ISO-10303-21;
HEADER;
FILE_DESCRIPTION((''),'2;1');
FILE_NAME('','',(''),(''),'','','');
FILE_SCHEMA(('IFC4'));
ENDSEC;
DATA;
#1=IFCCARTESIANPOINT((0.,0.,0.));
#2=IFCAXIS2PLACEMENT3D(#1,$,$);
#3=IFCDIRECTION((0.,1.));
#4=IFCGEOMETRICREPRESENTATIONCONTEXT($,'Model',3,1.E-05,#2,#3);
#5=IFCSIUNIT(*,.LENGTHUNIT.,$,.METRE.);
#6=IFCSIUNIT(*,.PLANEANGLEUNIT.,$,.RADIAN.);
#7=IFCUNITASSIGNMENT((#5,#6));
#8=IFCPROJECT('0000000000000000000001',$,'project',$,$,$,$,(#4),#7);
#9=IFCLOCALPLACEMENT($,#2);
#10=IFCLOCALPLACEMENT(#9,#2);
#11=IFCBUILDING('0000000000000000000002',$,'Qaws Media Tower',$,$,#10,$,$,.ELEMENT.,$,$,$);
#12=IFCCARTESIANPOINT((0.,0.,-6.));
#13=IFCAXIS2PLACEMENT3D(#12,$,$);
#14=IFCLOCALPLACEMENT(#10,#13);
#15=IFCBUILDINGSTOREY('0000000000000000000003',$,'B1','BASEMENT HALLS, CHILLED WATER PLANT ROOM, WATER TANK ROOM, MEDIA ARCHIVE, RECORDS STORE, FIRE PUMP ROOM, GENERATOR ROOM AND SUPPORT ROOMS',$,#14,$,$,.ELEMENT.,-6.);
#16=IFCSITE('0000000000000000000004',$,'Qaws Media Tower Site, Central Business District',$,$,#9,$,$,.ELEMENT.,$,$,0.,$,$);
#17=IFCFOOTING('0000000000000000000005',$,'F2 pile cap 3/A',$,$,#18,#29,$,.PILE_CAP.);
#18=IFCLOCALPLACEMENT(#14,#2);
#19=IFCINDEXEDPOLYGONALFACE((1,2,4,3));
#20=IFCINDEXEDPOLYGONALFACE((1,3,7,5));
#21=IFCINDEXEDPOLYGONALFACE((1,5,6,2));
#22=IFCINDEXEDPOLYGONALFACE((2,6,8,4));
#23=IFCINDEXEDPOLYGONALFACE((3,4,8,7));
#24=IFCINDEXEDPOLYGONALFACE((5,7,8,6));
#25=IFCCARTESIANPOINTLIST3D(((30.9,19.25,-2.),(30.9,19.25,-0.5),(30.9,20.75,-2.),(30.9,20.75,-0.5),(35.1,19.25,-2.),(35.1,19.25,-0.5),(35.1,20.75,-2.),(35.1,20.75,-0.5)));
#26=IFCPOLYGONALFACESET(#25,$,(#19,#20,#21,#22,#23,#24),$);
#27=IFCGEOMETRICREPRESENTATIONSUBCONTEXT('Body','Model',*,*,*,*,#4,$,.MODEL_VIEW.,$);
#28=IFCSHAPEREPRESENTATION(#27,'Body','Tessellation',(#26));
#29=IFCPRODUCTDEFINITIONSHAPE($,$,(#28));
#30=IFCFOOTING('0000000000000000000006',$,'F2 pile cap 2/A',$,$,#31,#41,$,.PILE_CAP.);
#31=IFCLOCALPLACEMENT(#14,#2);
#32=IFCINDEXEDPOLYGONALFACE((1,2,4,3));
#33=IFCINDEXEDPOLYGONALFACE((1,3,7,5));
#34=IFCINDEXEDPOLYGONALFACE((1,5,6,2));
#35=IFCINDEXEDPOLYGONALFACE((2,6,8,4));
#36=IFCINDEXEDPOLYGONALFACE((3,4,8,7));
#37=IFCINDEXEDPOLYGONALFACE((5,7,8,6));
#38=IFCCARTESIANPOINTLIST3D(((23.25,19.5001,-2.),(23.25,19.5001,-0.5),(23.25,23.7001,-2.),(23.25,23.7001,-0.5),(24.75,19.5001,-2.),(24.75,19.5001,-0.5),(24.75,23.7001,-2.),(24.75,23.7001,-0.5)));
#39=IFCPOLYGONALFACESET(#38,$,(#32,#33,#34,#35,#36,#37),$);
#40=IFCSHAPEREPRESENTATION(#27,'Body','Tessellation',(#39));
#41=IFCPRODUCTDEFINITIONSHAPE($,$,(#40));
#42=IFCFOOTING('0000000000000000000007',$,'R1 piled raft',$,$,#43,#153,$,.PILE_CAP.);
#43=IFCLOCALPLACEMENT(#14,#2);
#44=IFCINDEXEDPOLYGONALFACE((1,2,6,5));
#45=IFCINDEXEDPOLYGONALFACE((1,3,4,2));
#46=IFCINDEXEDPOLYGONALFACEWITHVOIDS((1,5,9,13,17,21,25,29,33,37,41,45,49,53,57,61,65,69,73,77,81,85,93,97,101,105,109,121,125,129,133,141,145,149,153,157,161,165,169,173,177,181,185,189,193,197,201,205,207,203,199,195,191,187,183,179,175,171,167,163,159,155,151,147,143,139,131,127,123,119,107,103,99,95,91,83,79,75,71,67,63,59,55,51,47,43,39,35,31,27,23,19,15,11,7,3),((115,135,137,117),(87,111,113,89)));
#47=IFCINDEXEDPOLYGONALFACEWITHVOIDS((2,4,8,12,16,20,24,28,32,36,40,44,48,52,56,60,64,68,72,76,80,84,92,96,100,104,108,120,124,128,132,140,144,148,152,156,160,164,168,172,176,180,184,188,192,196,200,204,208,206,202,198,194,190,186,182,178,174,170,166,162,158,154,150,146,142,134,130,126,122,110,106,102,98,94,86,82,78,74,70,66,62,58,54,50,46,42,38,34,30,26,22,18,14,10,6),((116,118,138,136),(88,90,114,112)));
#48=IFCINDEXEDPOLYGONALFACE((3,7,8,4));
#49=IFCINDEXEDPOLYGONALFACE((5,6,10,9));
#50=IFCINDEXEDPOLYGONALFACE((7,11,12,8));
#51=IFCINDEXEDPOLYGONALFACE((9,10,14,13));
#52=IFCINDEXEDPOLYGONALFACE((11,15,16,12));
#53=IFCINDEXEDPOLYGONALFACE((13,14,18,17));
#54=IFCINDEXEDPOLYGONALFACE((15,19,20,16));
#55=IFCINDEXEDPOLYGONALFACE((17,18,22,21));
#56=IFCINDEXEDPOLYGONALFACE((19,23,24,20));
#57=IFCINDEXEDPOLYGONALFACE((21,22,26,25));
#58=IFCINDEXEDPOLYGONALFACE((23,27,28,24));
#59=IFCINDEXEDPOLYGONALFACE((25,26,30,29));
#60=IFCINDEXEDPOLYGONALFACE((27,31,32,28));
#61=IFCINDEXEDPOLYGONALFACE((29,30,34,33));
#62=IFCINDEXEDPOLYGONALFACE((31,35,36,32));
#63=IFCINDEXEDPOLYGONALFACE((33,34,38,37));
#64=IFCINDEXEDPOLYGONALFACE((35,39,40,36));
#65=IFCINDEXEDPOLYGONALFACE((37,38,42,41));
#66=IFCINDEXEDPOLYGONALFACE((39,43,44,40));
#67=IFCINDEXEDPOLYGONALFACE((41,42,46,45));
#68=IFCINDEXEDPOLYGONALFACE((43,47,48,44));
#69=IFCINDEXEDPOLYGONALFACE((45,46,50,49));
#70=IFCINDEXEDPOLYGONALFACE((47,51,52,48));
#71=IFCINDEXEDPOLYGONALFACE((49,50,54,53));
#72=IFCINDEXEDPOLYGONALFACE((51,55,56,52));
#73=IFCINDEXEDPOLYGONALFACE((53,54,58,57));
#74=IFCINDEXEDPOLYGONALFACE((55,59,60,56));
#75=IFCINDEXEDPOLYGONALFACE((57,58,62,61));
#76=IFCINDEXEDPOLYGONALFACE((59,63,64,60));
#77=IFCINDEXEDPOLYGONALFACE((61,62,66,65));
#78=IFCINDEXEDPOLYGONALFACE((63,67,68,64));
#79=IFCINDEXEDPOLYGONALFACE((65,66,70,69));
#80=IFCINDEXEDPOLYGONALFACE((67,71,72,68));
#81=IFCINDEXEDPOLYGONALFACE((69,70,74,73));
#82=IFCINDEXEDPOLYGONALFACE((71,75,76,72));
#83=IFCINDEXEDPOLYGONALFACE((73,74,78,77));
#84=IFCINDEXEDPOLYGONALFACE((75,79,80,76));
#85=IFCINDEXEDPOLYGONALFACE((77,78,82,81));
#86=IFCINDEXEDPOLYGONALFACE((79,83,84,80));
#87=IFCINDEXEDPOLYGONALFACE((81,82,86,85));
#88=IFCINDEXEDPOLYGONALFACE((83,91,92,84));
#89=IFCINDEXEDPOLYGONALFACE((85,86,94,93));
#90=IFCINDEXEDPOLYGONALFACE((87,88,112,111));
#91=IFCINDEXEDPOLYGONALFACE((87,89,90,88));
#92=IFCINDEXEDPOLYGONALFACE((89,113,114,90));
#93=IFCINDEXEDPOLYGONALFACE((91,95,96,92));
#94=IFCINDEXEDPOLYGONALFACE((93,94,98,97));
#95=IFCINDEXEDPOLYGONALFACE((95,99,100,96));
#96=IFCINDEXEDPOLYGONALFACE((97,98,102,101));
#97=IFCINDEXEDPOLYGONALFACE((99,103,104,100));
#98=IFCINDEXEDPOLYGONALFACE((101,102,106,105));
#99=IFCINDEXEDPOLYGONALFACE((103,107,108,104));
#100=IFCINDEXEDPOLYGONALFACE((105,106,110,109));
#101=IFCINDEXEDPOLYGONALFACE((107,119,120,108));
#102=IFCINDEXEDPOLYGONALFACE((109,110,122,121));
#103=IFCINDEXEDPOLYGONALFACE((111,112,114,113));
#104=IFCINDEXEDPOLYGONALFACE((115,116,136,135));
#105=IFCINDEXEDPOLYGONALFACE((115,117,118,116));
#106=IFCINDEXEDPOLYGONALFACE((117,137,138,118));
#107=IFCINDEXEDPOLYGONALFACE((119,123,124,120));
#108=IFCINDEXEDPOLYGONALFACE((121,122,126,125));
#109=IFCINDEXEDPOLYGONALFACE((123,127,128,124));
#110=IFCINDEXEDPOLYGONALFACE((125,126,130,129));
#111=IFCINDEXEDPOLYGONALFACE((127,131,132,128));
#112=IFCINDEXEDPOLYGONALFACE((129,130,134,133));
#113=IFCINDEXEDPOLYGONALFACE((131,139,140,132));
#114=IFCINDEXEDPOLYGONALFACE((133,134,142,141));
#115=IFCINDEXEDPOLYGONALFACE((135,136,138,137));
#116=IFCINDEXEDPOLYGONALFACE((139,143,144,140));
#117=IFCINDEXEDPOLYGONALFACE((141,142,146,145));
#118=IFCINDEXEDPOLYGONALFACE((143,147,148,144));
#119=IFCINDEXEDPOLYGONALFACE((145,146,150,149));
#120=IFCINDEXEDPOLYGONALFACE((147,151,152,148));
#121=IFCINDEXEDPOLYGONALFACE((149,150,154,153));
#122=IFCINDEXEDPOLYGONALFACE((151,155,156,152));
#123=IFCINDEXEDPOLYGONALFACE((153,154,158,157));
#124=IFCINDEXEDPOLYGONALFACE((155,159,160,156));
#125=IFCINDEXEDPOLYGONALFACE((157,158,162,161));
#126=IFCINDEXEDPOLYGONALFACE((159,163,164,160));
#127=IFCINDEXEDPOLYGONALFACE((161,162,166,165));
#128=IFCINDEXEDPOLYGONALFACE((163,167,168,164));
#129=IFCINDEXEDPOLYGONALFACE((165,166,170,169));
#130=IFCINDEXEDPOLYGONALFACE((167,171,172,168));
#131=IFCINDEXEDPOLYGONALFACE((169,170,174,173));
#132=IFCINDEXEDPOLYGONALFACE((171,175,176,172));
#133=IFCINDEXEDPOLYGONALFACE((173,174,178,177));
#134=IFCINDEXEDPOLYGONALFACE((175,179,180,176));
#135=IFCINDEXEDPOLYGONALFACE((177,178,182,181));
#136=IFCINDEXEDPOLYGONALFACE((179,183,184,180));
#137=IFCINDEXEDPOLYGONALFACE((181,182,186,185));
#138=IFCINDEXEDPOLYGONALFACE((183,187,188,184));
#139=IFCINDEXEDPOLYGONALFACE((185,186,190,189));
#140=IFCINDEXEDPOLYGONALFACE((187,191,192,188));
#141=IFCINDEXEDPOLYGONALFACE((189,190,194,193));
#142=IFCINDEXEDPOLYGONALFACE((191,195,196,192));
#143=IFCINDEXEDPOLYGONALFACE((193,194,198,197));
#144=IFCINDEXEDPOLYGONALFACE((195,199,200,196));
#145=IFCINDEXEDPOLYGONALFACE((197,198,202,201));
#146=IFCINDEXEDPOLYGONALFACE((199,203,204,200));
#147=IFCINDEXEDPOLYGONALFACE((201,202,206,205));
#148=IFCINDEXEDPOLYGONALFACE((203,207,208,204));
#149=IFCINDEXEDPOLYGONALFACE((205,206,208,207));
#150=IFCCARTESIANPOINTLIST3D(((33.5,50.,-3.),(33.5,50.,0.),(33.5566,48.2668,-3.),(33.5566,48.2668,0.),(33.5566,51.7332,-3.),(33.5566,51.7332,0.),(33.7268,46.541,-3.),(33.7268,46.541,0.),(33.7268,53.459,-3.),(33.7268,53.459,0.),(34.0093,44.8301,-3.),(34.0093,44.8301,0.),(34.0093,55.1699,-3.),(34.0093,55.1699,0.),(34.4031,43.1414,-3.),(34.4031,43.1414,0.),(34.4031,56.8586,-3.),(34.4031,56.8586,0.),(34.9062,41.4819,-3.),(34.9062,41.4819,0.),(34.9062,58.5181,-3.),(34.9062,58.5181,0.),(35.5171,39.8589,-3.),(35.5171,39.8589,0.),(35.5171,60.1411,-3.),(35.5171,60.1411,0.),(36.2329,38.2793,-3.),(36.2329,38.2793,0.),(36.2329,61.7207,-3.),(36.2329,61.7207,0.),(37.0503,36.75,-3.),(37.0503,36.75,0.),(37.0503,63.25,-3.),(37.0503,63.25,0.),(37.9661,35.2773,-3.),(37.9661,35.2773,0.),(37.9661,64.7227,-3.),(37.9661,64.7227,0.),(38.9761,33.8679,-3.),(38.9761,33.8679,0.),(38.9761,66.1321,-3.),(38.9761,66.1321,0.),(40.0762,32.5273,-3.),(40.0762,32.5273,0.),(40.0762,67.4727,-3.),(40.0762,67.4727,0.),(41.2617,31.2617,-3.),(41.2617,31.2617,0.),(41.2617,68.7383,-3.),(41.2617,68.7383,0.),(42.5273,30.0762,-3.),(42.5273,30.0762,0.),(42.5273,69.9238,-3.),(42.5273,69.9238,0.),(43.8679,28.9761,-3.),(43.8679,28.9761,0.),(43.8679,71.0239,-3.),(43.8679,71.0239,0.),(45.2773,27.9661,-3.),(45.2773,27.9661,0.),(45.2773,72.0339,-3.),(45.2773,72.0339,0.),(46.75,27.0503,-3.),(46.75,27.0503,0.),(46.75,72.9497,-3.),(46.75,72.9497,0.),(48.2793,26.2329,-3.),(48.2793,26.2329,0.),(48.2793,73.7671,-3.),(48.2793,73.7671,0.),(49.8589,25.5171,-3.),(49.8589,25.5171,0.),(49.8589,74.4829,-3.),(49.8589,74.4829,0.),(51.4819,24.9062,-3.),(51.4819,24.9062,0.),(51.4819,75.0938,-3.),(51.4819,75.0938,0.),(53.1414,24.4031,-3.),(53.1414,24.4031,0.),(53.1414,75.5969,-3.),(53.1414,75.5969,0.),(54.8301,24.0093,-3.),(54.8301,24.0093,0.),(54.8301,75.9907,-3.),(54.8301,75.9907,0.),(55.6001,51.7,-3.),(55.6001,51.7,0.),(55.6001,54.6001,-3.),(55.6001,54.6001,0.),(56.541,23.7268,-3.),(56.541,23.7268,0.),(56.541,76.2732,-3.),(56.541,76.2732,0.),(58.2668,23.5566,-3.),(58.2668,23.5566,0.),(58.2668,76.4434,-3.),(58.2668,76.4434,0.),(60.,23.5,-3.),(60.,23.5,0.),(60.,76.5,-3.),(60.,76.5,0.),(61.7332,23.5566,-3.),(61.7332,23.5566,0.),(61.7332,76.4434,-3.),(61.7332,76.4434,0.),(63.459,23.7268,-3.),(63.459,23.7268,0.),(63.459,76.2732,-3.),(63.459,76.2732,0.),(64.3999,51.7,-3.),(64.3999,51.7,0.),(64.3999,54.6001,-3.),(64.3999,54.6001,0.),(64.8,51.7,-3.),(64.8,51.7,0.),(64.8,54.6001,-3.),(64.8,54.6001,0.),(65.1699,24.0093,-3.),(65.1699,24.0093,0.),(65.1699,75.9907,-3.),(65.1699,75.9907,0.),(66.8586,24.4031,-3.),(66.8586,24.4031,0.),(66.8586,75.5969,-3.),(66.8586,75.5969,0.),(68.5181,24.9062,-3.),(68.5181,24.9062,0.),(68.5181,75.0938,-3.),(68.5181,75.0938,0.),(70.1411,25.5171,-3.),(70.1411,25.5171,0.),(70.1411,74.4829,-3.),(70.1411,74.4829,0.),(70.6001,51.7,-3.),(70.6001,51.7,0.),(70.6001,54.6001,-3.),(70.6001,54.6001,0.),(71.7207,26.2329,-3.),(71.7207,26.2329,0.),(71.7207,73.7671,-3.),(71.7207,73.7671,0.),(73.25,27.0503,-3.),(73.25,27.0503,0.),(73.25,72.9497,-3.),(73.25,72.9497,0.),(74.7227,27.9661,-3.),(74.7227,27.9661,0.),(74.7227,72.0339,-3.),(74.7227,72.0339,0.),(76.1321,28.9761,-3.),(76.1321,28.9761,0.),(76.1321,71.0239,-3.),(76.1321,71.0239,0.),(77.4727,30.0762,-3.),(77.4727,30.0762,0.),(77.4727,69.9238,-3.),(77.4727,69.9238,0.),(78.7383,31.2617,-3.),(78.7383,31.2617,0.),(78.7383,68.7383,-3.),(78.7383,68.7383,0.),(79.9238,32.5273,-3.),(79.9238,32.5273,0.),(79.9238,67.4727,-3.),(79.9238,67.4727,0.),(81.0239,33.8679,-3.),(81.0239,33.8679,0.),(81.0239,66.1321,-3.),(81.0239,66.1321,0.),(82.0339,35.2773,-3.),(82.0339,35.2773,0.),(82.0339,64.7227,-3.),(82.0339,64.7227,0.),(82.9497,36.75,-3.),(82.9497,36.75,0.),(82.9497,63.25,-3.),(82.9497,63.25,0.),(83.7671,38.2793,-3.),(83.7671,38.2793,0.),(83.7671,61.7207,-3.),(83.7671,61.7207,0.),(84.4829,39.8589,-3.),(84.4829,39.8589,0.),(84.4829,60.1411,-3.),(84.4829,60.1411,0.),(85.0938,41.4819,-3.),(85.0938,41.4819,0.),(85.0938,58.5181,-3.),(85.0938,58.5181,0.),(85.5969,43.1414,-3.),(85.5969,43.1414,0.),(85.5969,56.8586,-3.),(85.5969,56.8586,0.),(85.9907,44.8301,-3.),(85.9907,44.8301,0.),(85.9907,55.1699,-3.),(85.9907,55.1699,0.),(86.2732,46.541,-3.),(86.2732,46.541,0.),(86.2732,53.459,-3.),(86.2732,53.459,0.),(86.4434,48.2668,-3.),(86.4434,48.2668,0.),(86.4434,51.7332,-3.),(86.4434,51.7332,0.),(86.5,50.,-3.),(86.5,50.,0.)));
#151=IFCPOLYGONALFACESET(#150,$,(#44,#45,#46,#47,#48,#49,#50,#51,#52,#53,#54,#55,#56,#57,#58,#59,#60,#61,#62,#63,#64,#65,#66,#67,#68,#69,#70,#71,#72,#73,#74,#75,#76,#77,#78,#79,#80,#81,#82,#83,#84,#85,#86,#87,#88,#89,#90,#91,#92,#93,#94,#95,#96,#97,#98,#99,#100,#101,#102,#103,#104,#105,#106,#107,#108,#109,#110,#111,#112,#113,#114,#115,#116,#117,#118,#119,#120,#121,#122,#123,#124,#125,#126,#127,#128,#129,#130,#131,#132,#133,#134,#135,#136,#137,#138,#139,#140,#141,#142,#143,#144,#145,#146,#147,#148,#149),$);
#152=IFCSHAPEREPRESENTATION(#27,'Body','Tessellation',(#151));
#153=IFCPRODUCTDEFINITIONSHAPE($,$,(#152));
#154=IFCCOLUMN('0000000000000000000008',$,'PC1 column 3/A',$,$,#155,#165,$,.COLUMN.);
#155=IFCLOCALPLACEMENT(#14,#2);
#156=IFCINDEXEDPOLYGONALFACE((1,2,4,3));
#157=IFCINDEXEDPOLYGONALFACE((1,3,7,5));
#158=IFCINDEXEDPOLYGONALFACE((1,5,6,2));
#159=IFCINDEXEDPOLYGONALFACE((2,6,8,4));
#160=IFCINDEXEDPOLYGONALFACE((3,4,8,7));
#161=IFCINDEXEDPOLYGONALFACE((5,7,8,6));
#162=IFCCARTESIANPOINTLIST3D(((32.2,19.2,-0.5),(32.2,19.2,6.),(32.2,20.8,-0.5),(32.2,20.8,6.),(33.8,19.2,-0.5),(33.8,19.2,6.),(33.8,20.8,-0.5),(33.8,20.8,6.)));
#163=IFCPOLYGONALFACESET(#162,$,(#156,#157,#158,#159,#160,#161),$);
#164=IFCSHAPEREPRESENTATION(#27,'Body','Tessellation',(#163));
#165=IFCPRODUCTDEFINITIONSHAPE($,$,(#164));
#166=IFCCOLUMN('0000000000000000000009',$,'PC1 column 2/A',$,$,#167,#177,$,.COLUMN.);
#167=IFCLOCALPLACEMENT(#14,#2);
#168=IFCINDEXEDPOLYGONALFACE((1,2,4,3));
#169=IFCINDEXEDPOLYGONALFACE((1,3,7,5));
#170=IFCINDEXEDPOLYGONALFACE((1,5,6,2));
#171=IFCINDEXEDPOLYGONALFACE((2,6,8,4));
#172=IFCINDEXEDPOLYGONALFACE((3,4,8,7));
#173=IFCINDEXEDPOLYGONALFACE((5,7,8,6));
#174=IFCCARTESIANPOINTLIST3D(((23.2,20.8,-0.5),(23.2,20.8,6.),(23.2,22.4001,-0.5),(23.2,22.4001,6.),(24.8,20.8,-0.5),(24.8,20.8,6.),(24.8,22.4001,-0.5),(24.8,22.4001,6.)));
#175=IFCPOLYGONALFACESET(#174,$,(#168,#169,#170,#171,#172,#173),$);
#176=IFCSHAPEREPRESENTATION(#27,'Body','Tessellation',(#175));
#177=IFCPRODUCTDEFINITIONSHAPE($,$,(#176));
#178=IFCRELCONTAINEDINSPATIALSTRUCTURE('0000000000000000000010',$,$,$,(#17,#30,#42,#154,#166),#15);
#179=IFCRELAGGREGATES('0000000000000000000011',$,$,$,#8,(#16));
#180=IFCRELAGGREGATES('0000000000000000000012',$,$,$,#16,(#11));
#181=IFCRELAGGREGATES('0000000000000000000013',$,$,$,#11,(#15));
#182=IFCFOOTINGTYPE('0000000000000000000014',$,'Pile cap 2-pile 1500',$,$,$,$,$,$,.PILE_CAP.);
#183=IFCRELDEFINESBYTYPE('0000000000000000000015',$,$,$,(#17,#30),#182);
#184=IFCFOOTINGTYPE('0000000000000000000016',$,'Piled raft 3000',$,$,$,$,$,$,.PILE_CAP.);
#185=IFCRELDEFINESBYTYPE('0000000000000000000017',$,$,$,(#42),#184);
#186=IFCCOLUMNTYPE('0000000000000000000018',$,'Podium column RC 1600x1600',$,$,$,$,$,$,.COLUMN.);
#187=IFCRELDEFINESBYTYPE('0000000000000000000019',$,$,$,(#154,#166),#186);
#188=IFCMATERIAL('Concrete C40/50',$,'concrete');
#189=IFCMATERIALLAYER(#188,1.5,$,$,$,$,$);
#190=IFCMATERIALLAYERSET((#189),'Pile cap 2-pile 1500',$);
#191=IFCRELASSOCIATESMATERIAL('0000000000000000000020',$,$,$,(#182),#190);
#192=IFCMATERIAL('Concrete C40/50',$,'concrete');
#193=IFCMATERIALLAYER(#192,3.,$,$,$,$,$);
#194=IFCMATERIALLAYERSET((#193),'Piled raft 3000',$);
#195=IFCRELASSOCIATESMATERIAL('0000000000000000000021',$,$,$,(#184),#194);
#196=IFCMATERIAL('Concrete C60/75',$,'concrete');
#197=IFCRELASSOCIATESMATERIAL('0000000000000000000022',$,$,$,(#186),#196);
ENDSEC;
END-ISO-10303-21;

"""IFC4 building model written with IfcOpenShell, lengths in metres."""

from ifc_helpers import new_model, si_unit, direction, frame, origin, origin_2d, place, context, subcontext, project, spatial, polyline, rectangle, outline, extrude, material, layer, layer_set, material_profile, profile_set, type_object, element, save


model = new_model("IFC4")

# Units and contexts
model_context = context("Model", 3, precision=1e-05, world=origin(), true_north=direction((0.0, 1.0)))
body_context = subcontext(model_context, "Body", "Model", "MODEL_VIEW")
ifc_project = project(units=[si_unit("LENGTHUNIT", "METRE"), si_unit("PLANEANGLEUNIT", "RADIAN")], contexts=[model_context])

# Site, building, storey
site_placement = place(None, origin())
site = spatial("IfcSite", under=ifc_project, at=site_placement, Name="Qaws Media Tower Site, Central Business District", CompositionType="ELEMENT", RefElevation=0.0)
building_placement = place(site_placement, origin())
building = spatial("IfcBuilding", under=site, at=building_placement, Name="Qaws Media Tower", CompositionType="ELEMENT")
storey_placement = place(building_placement, frame((0.0, 0.0, -6.0)))
storey = spatial("IfcBuildingStorey", under=building, at=storey_placement, Name="B1", Description="BASEMENT HALLS, CHILLED WATER PLANT ROOM, WATER TANK ROOM, MEDIA ARCHIVE, RECORDS STORE, FIRE PUMP ROOM, GENERATOR ROOM AND SUPPORT ROOMS", CompositionType="ELEMENT", Elevation=-6.0)

# Footings
ifc_material_1 = material(Name="Concrete C40/50", Category="concrete")
ifc_layer_1 = layer(ifc_material_1, 1.5)
ifc_layer_set_1 = layer_set([ifc_layer_1], Name="Pile cap 2-pile 1500")
footing_type_1 = type_object("IfcFootingType", Name="Pile cap 2-pile 1500", PredefinedType="PILE_CAP", material=ifc_layer_set_1)
footing_1_placement = place(storey_placement, frame((33.0, 20.0, -2.0), z_axis=(0.0, 0.0, 1.0), x_axis=(1.0, 0.0, 0.0)))
element("IfcFooting", 1, at=footing_1_placement, inside=storey, type_object=footing_type_1, Name="F2 pile cap 3/A", PredefinedType="PILE_CAP", context=body_context, shape_type="SweptSolid", body=[
    extrude(rectangle(XDim=4.2, YDim=1.5, at=origin_2d()), origin(), (0.0, 0.0, 1.0), 1.5),
])
footing_2_placement = place(storey_placement, frame((24.0, 21.6001, -2.0), z_axis=(0.0, 0.0, 1.0), x_axis=(1.0, 0.0, 0.0)))
element("IfcFooting", 2, at=footing_2_placement, inside=storey, type_object=footing_type_1, Name="F2 pile cap 2/A", PredefinedType="PILE_CAP", context=body_context, shape_type="SweptSolid", body=[
    extrude(rectangle(XDim=1.5, YDim=4.2, at=origin_2d()), origin(), (0.0, 0.0, 1.0), 1.5),
])
ifc_material_2 = material(Name="Concrete C40/50", Category="concrete")
ifc_layer_2 = layer(ifc_material_2, 3.0)
ifc_layer_set_2 = layer_set([ifc_layer_2], Name="Piled raft 3000")
footing_type_2 = type_object("IfcFootingType", Name="Piled raft 3000", PredefinedType="PILE_CAP", material=ifc_layer_set_2)
footing_3_placement = place(storey_placement, frame((0.0, 0.0, -3.0)))
element("IfcFooting", 3, at=footing_3_placement, inside=storey, type_object=footing_type_2, Name="R1 piled raft", PredefinedType="PILE_CAP", context=body_context, shape_type="SweptSolid", body=[
    extrude(outline(polyline([(86.5, 50.0), (86.4434, 51.7332), (86.2732, 53.459), (85.9907, 55.1699), (85.5969, 56.8586), (85.0938, 58.5181), (84.4829, 60.1411), (83.7671, 61.7207), (82.9497, 63.25), (82.0339, 64.7227), (81.0239, 66.1321), (79.9238, 67.4727), (78.7383, 68.7383), (77.4727, 69.9238), (76.1321, 71.0239), (74.7227, 72.0339), (73.25, 72.9497), (71.7207, 73.7671), (70.1411, 74.4829), (68.5181, 75.0938), (66.8586, 75.5969), (65.1699, 75.9907), (63.459, 76.2732), (61.7332, 76.4434), (60.0, 76.5), (58.2668, 76.4434), (56.541, 76.2732), (54.8301, 75.9907), (53.1414, 75.5969), (51.4819, 75.0938), (49.8589, 74.4829), (48.2793, 73.7671), (46.75, 72.9497), (45.2773, 72.0339), (43.8679, 71.0239), (42.5273, 69.9238), (41.2617, 68.7383), (40.0762, 67.4727), (38.9761, 66.1321), (37.9661, 64.7227), (37.0503, 63.25), (36.2329, 61.7207), (35.5171, 60.1411), (34.9062, 58.5181), (34.4031, 56.8586), (34.0093, 55.1699), (33.7268, 53.459), (33.5566, 51.7332), (33.5, 50.0), (33.5566, 48.2668), (33.7268, 46.541), (34.0093, 44.8301), (34.4031, 43.1414), (34.9062, 41.4819), (35.5171, 39.8589), (36.2329, 38.2793), (37.0503, 36.75), (37.9661, 35.2773), (38.9761, 33.8679), (40.0762, 32.5273), (41.2617, 31.2617), (42.5273, 30.0762), (43.8679, 28.9761), (45.2773, 27.9661), (46.75, 27.0503), (48.2793, 26.2329), (49.8589, 25.5171), (51.4819, 24.9062), (53.1414, 24.4031), (54.8301, 24.0093), (56.541, 23.7268), (58.2668, 23.5566), (60.0, 23.5), (61.7332, 23.5566), (63.459, 23.7268), (65.1699, 24.0093), (66.8586, 24.4031), (68.5181, 24.9062), (70.1411, 25.5171), (71.7207, 26.2329), (73.25, 27.0503), (74.7227, 27.9661), (76.1321, 28.9761), (77.4727, 30.0762), (78.7383, 31.2617), (79.9238, 32.5273), (81.0239, 33.8679), (82.0339, 35.2773), (82.9497, 36.75), (83.7671, 38.2793), (84.4829, 39.8589), (85.0938, 41.4819), (85.5969, 43.1414), (85.9907, 44.8301), (86.2732, 46.541), (86.4434, 48.2668), (86.5, 50.0)]), holes=[polyline([(70.6001, 54.6001), (70.6001, 51.7), (64.8, 51.7), (64.8, 54.6001), (70.6001, 54.6001)]), polyline([(64.3999, 54.6001), (64.3999, 51.7), (55.6001, 51.7), (55.6001, 54.6001), (64.3999, 54.6001)])]), origin(), (0.0, 0.0, 1.0), 3.0),
])

# Columns
ifc_material_3 = material(Name="Concrete C60/75", Category="concrete")
ifc_material_profile_1 = material_profile(ifc_material_3, rectangle(XDim=1.6001, YDim=1.6001, at=origin_2d()), Name="RC 1600x1600")
ifc_profile_set_1 = profile_set([ifc_material_profile_1], Name="Concrete C60/75")
column_type = type_object("IfcColumnType", Name="Podium column RC 1600x1600", PredefinedType="COLUMN", material=ifc_profile_set_1)
for number, where, z_axis, x_axis, name in (
    (4, (33.0, 20.0, -0.5), (0.0, 0.0, 1.0), (1.0, 0.0, 0.0), "PC1 column 3/A"),
    (5, (24.0, 21.6001, -0.5), (0.0, 0.0, 1.0), (1.0, 0.0, 0.0), "PC1 column 2/A"),
):
    element("IfcColumn", number, at=place(storey_placement, frame(where, z_axis=z_axis, x_axis=x_axis)), inside=storey, type_object=column_type, Name=name, PredefinedType="COLUMN", context=body_context, shape_type="SweptSolid", body=[
        extrude(rectangle(XDim=1.6001, YDim=1.6001, at=origin_2d()), origin(), (0.0, 0.0, 1.0), 6.5),
    ])

save(model, "model.ifc")
